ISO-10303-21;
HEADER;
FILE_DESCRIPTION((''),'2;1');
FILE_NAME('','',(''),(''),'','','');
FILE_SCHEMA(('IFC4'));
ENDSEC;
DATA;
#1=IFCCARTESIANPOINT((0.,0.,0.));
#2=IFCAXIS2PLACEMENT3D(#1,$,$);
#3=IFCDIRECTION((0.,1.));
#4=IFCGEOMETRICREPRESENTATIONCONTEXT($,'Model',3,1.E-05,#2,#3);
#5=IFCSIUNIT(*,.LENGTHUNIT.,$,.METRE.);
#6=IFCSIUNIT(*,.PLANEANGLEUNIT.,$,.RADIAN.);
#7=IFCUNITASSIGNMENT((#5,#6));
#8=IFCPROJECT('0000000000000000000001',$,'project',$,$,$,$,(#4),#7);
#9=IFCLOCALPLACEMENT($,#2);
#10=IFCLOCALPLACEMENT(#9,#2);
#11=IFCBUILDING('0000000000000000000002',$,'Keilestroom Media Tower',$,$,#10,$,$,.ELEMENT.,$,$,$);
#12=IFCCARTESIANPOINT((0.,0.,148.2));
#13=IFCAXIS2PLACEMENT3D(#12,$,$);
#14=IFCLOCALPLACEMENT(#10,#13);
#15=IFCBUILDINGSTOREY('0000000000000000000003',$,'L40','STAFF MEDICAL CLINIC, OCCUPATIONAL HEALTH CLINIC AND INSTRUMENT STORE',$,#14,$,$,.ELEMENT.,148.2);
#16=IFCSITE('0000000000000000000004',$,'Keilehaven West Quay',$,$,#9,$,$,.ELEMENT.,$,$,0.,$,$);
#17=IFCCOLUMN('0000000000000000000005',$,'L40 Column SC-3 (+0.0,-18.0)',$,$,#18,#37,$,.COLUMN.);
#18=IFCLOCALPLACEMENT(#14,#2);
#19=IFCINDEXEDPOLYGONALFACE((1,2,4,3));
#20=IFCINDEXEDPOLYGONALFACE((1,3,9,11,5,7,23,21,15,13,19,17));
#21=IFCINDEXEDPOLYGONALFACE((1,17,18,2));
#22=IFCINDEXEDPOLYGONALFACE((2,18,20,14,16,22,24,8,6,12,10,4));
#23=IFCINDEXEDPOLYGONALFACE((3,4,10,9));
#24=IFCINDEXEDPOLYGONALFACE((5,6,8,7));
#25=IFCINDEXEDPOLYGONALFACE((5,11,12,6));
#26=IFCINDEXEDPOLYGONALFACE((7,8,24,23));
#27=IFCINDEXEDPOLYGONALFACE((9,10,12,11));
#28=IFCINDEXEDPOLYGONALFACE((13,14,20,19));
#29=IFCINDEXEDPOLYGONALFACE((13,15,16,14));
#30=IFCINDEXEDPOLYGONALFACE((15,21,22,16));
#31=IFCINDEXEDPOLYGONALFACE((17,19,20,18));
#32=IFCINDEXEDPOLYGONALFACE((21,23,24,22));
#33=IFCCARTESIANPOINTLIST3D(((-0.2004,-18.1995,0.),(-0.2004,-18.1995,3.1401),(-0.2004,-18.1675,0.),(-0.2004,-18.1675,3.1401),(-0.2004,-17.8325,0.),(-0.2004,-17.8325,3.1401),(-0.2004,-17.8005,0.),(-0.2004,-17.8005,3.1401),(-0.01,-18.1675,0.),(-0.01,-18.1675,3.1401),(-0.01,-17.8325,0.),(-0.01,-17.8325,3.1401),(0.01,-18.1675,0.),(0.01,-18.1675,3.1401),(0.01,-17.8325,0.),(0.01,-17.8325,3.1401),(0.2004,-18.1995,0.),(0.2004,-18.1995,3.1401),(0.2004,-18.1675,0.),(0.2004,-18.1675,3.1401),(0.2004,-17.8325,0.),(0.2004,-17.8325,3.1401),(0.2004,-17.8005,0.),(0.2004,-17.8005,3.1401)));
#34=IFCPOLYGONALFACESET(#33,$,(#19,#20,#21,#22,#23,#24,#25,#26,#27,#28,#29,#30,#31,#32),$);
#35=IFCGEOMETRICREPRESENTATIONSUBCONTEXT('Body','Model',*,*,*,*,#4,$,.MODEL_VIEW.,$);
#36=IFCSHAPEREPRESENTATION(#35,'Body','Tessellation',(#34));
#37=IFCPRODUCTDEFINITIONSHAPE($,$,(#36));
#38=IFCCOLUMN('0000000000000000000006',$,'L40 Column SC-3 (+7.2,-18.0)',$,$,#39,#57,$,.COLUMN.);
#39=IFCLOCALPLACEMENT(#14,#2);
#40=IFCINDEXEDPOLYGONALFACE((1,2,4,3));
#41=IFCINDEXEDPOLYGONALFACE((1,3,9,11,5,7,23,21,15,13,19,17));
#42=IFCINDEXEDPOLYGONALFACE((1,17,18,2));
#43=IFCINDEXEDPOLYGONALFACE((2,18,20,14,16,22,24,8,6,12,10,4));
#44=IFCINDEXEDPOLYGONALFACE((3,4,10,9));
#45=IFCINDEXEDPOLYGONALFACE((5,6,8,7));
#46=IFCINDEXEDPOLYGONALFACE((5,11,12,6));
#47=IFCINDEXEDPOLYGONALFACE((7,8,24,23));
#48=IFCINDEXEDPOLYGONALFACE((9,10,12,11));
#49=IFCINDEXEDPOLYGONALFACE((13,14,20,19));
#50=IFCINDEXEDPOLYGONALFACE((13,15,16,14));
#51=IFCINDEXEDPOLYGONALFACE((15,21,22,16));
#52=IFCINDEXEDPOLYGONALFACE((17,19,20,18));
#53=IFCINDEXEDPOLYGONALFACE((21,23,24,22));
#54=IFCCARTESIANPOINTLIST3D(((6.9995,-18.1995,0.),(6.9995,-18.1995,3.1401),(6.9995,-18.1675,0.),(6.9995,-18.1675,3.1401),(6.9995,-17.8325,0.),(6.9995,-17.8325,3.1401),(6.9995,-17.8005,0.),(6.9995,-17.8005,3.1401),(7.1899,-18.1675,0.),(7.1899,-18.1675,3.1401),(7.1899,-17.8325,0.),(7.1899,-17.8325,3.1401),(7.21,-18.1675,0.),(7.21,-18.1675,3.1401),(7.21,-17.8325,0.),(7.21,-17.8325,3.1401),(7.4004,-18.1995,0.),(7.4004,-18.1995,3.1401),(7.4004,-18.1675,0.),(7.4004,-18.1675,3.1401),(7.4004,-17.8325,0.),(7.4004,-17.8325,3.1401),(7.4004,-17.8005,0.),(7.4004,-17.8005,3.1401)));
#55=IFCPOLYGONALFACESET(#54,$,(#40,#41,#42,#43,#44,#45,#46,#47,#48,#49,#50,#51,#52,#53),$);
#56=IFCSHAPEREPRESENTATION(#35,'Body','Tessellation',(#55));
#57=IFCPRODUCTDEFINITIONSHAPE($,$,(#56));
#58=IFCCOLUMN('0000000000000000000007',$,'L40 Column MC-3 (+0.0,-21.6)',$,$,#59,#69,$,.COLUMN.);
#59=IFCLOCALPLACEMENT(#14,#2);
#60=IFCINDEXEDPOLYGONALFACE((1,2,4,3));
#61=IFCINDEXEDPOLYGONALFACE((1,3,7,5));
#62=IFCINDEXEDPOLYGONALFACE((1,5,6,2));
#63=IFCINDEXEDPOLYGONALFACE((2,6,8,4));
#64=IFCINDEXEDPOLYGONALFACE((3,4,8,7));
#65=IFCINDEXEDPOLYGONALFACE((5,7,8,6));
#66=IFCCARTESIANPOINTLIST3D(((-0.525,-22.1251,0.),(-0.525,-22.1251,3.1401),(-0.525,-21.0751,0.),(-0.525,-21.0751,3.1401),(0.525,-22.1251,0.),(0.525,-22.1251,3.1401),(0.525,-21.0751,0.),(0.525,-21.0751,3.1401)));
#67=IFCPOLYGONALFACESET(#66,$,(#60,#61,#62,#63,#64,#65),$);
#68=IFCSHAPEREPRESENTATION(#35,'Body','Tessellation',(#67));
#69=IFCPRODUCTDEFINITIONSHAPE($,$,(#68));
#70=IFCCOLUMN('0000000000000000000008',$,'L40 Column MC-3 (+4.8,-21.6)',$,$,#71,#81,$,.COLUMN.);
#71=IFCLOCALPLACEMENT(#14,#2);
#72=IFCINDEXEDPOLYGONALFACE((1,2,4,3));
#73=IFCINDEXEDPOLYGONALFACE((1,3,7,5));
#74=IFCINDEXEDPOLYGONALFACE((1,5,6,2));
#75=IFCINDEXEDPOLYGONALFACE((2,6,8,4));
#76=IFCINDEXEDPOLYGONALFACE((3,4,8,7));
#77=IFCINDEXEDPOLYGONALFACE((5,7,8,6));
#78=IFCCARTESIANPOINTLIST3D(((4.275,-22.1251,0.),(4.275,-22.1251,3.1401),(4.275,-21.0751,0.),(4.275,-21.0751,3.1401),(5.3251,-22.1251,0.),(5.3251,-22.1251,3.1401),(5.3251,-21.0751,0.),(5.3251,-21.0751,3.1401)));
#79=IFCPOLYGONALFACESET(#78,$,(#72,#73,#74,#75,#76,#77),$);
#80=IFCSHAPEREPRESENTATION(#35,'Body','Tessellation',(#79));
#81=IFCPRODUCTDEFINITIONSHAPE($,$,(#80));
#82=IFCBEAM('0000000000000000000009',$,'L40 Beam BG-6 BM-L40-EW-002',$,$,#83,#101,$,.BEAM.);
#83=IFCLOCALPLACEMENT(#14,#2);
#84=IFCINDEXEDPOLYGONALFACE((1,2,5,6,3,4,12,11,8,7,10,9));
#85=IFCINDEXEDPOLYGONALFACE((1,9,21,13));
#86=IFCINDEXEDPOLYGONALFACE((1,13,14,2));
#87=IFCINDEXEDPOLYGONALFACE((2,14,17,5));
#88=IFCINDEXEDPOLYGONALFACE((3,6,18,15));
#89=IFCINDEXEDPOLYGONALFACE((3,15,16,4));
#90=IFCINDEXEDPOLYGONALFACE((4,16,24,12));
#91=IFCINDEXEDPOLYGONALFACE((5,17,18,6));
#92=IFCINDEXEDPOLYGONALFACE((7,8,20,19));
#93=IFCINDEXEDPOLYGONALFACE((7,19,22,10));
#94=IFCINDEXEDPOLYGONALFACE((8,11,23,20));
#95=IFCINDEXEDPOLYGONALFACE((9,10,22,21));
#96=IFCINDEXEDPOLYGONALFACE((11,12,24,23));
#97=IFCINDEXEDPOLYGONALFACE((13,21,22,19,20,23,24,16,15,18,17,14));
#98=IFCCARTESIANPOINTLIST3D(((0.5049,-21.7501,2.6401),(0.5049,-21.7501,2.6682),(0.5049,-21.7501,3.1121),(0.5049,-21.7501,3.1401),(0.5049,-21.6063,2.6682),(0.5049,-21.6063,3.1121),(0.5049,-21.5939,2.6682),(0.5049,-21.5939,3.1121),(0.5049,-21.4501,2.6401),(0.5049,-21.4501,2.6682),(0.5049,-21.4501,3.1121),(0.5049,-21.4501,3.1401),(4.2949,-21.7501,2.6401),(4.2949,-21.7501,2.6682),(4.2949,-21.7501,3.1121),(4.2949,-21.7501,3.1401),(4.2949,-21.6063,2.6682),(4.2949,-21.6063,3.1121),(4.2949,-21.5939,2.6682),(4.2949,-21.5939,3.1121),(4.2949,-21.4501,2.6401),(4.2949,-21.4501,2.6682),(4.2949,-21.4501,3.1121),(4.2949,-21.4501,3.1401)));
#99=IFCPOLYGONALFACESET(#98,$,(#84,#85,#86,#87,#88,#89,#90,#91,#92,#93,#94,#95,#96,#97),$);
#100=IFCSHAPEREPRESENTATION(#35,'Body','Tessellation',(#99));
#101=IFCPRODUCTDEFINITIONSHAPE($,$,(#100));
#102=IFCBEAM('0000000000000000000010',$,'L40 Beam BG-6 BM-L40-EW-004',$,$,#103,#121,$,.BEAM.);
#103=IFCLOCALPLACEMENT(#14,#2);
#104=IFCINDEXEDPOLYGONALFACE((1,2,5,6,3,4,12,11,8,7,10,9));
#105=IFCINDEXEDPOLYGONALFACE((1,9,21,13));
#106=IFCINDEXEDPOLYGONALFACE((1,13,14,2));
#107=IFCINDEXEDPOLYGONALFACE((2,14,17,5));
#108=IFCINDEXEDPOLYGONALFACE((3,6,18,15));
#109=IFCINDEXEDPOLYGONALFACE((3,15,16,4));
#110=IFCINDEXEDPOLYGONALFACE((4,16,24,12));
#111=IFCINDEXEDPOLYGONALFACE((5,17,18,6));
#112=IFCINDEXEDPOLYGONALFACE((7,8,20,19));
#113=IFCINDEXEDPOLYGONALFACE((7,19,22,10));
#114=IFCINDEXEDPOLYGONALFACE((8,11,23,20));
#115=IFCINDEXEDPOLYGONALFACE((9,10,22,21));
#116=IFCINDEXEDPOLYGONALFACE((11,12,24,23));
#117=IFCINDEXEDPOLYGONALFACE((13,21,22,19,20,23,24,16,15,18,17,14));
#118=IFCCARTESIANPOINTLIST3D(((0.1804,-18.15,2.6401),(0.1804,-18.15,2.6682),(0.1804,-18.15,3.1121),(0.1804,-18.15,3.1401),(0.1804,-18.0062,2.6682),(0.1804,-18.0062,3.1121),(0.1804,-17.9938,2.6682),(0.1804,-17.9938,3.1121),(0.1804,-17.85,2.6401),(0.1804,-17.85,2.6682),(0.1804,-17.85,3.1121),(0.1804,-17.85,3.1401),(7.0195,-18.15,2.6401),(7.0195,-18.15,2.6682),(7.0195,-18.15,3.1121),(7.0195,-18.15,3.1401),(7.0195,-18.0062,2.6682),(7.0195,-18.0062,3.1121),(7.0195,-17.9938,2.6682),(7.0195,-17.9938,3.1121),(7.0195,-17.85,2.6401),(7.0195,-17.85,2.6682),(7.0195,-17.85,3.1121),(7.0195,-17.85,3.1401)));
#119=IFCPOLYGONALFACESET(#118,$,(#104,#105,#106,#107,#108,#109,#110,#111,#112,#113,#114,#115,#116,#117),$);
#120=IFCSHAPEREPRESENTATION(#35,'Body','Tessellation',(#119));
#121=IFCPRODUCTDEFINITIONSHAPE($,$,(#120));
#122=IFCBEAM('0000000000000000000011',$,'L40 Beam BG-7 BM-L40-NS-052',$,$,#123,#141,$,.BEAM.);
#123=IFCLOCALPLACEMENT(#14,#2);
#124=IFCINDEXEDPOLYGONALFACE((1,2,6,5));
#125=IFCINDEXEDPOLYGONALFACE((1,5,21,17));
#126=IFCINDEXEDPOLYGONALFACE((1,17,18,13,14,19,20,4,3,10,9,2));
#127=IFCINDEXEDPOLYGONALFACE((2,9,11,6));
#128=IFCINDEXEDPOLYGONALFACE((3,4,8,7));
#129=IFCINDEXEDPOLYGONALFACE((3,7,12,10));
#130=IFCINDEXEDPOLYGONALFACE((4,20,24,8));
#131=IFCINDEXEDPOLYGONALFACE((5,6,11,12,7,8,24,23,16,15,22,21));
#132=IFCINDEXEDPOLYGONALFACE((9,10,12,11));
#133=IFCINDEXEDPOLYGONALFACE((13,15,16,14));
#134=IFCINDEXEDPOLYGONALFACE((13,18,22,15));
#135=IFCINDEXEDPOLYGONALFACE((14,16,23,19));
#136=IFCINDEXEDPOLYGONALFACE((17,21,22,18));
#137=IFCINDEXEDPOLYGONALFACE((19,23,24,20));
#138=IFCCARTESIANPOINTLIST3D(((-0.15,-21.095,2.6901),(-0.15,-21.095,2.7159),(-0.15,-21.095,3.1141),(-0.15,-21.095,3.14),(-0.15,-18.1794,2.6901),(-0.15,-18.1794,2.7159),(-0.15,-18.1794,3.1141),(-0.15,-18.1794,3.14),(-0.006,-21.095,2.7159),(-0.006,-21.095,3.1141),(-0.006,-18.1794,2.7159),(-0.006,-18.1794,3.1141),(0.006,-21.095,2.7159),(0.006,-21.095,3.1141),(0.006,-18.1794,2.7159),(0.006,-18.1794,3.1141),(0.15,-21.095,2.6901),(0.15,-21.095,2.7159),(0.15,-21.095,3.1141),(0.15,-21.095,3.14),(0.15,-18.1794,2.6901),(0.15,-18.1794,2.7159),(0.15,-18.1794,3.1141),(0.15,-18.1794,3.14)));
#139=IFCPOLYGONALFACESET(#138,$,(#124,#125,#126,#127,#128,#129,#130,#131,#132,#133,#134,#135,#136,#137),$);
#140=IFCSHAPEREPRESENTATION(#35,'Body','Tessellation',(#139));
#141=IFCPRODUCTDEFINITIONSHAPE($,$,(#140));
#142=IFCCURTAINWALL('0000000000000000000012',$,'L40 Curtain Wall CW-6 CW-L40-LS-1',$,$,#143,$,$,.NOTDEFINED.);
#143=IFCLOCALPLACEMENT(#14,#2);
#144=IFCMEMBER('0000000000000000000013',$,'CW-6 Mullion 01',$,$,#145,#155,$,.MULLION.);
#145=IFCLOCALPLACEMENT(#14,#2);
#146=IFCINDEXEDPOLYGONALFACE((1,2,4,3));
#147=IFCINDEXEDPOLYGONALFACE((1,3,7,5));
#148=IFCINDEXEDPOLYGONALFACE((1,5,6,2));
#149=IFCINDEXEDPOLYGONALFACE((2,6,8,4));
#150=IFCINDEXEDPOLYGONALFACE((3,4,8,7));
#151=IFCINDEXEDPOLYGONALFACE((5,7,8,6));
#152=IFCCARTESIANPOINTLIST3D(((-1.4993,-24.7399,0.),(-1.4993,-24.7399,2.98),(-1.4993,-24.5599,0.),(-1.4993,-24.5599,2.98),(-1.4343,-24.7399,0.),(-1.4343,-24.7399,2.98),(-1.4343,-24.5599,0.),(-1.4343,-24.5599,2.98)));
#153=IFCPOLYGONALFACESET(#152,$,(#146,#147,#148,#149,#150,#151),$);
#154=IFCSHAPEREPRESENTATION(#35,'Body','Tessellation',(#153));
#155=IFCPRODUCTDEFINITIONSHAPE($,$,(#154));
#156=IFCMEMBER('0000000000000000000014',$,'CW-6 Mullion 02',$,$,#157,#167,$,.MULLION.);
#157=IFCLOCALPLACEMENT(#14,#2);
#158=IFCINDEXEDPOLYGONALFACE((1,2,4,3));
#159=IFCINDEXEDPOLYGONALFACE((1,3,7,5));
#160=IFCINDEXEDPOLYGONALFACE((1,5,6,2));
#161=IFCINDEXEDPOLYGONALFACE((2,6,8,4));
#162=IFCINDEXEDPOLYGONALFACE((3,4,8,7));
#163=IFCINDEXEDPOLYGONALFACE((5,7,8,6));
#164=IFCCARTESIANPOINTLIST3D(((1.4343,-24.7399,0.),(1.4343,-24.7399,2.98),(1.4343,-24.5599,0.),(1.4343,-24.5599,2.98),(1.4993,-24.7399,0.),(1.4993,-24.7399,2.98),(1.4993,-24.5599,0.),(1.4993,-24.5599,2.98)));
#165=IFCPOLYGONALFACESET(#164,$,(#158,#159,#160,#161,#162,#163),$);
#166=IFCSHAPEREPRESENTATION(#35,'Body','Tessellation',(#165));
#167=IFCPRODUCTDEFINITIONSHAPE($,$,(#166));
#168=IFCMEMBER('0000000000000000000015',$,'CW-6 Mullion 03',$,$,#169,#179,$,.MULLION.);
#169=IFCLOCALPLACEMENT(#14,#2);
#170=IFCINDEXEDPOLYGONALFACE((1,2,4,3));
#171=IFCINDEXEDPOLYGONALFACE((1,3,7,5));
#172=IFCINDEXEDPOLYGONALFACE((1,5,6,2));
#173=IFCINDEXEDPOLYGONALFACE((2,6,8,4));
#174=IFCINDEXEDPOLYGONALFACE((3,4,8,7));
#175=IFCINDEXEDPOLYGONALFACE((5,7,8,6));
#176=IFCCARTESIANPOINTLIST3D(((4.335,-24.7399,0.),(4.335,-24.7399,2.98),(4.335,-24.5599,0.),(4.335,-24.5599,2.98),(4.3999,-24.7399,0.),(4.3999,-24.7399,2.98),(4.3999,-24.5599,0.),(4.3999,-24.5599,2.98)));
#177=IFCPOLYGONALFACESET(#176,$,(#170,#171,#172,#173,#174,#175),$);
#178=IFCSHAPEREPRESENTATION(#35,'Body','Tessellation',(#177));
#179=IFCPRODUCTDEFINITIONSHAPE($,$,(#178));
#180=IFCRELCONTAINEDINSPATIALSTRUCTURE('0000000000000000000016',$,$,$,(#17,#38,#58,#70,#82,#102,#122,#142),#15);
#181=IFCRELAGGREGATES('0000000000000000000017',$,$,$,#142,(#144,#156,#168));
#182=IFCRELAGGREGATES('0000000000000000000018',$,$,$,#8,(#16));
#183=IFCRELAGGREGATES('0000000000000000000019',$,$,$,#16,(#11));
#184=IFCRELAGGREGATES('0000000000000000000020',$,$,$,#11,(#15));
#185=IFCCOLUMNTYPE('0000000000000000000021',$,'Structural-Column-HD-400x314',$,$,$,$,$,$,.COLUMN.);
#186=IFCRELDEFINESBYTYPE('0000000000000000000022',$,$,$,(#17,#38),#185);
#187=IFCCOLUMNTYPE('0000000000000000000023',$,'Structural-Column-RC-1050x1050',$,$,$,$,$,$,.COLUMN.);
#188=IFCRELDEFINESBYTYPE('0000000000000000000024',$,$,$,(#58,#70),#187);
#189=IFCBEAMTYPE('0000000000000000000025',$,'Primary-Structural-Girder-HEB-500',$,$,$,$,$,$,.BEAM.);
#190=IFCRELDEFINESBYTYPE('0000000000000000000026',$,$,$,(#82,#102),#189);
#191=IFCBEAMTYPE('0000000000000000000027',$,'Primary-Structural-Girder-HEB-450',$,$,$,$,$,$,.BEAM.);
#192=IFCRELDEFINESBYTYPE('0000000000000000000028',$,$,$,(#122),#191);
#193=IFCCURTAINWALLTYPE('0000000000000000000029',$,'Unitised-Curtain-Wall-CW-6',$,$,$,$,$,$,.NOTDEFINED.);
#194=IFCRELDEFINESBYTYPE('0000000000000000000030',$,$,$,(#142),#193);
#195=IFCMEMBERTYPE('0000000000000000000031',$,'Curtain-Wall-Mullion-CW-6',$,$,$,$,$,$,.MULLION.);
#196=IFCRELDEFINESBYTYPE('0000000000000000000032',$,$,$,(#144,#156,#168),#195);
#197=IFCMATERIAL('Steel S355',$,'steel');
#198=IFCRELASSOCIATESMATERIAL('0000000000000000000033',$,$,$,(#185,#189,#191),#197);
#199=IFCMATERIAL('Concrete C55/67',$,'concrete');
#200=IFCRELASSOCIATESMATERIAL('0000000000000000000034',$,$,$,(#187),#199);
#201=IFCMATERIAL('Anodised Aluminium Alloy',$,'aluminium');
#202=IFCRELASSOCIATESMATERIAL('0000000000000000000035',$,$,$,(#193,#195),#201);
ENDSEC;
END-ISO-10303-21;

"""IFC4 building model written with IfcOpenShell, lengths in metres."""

from ifc_helpers import new_model, si_unit, direction, frame, origin, origin_2d, place, context, subcontext, project, spatial, rectangle, i_section, extrude, source, transform, mapped, material, material_profile, profile_set, type_object, element, aggregate, save


model = new_model("IFC4")

# Units and contexts
model_context = context("Model", 3, precision=1e-05, world=origin(), true_north=direction((0.0, 1.0)))
body_context = subcontext(model_context, "Body", "Model", "MODEL_VIEW")
ifc_project = project(units=[si_unit("LENGTHUNIT", "METRE"), si_unit("PLANEANGLEUNIT", "RADIAN")], contexts=[model_context])

# Site, building, storey
site_placement = place(None, origin())
site = spatial("IfcSite", under=ifc_project, at=site_placement, Name="Keilehaven West Quay", CompositionType="ELEMENT", RefElevation=0.0)
building_placement = place(site_placement, origin())
building = spatial("IfcBuilding", under=site, at=building_placement, Name="Keilestroom Media Tower", CompositionType="ELEMENT")
storey_placement = place(building_placement, frame((0.0, 0.0, 148.2)))
storey = spatial("IfcBuildingStorey", under=building, at=storey_placement, Name="L40", Description="STAFF MEDICAL CLINIC, OCCUPATIONAL HEALTH CLINIC AND INSTRUMENT STORE", CompositionType="ELEMENT", Elevation=148.2)

# Columns
ifc_material_1 = material(Name="Steel S355", Category="steel")
ifc_material_profile_1 = material_profile(ifc_material_1, i_section(OverallWidth=0.4009, OverallDepth=0.3989, WebThickness=0.02, FlangeThickness=0.032, at=origin_2d()), Name="HD 400x314")
ifc_profile_set_1 = profile_set([ifc_material_profile_1], Name="Steel S355")
column_type_1 = type_object("IfcColumnType", Name="Structural-Column-HD-400x314", PredefinedType="COLUMN", material=ifc_profile_set_1)
shared_shape_1 = source(origin(), body_context, "Body", "SweptSolid", [
    extrude(i_section(OverallWidth=0.4009, OverallDepth=0.3989, WebThickness=0.02, FlangeThickness=0.032, at=origin_2d()), origin(), (0.0, 0.0, 1.0), 3.1401),
])
for number, where, z_axis, x_axis, name in (
    (1, (0.0, -18.0, 0.0), (0.0, 0.0, 1.0), (1.0, 0.0, 0.0), "L40 Column SC-3 (+0.0,-18.0)"),
    (2, (7.2, -18.0, 0.0), (0.0, 0.0, 1.0), (1.0, 0.0, 0.0), "L40 Column SC-3 (+7.2,-18.0)"),
):
    element("IfcColumn", number, at=place(storey_placement, frame(where, z_axis=z_axis, x_axis=x_axis)), inside=storey, type_object=column_type_1, Name=name, PredefinedType="COLUMN", context=body_context, shape_type="MappedRepresentation", body=[
        mapped(shared_shape_1, transform((0.0, 0.0, 0.0), x_axis=(1.0, 0.0, 0.0), y_axis=(0.0, 1.0, 0.0), z_axis=(0.0, 0.0, 1.0), scale=1.0)),
    ])
ifc_material_2 = material(Name="Concrete C55/67", Category="concrete")
ifc_material_profile_2 = material_profile(ifc_material_2, rectangle(XDim=1.05, YDim=1.05, at=origin_2d()), Name="RC 1050x1050")
ifc_profile_set_2 = profile_set([ifc_material_profile_2], Name="Concrete C55/67")
column_type_2 = type_object("IfcColumnType", Name="Structural-Column-RC-1050x1050", PredefinedType="COLUMN", material=ifc_profile_set_2)
shared_shape_2 = source(origin(), body_context, "Body", "SweptSolid", [
    extrude(rectangle(XDim=1.05, YDim=1.05, at=origin_2d()), origin(), (0.0, 0.0, 1.0), 3.1401),
])
for number, where, z_axis, x_axis, name in (
    (3, (0.0, -21.6001, 0.0), (0.0, 0.0, 1.0), (1.0, 0.0, 0.0), "L40 Column MC-3 (+0.0,-21.6)"),
    (4, (4.8, -21.6001, 0.0), (0.0, 0.0, 1.0), (1.0, 0.0, 0.0), "L40 Column MC-3 (+4.8,-21.6)"),
):
    element("IfcColumn", number, at=place(storey_placement, frame(where, z_axis=z_axis, x_axis=x_axis)), inside=storey, type_object=column_type_2, Name=name, PredefinedType="COLUMN", context=body_context, shape_type="MappedRepresentation", body=[
        mapped(shared_shape_2, transform((0.0, 0.0, 0.0), x_axis=(1.0, 0.0, 0.0), y_axis=(0.0, 1.0, 0.0), z_axis=(0.0, 0.0, 1.0), scale=1.0)),
    ])

# Beams
ifc_material_profile_3 = material_profile(ifc_material_1, i_section(OverallWidth=0.3, OverallDepth=0.5, WebThickness=0.0125, FlangeThickness=0.0281, at=origin_2d()), Name="HEB 500")
ifc_profile_set_3 = profile_set([ifc_material_profile_3], Name="Steel S355")
beam_type_1 = type_object("IfcBeamType", Name="Primary-Structural-Girder-HEB-500", PredefinedType="BEAM", material=ifc_profile_set_3)
shared_shape_3 = source(origin(), body_context, "Body", "SweptSolid", [
    extrude(i_section(OverallWidth=0.3, OverallDepth=0.5, WebThickness=0.0125, FlangeThickness=0.0281, at=origin_2d()), origin(), (0.0, 0.0, 1.0), 3.79),
])
beam_1_placement = place(storey_placement, frame((0.5049, -21.6001, 2.8901), z_axis=(1.0, 0.0, 0.0), x_axis=(0.0, 1.0, 0.0)))
element("IfcBeam", 5, at=beam_1_placement, inside=storey, type_object=beam_type_1, Name="L40 Beam BG-6 BM-L40-EW-002", PredefinedType="BEAM", context=body_context, shape_type="MappedRepresentation", body=[
    mapped(shared_shape_3, transform((0.0, 0.0, 0.0), x_axis=(1.0, 0.0, 0.0), y_axis=(0.0, 1.0, 0.0), z_axis=(0.0, 0.0, 1.0), scale=1.0)),
])
shared_shape_4 = source(origin(), body_context, "Body", "SweptSolid", [
    extrude(i_section(OverallWidth=0.3, OverallDepth=0.5, WebThickness=0.0125, FlangeThickness=0.0281, at=origin_2d()), origin(), (0.0, 0.0, 1.0), 6.8391),
])
beam_2_placement = place(storey_placement, frame((0.1804, -18.0, 2.8901), z_axis=(1.0, 0.0, 0.0), x_axis=(0.0, 1.0, 0.0)))
element("IfcBeam", 6, at=beam_2_placement, inside=storey, type_object=beam_type_1, Name="L40 Beam BG-6 BM-L40-EW-004", PredefinedType="BEAM", context=body_context, shape_type="MappedRepresentation", body=[
    mapped(shared_shape_4, transform((0.0, 0.0, 0.0), x_axis=(1.0, 0.0, 0.0), y_axis=(0.0, 1.0, 0.0), z_axis=(0.0, 0.0, 1.0), scale=1.0)),
])
ifc_material_profile_4 = material_profile(ifc_material_1, i_section(OverallWidth=0.3, OverallDepth=0.45, WebThickness=0.012, FlangeThickness=0.0259, at=origin_2d()), Name="HEB 450")
ifc_profile_set_4 = profile_set([ifc_material_profile_4], Name="Steel S355")
beam_type_2 = type_object("IfcBeamType", Name="Primary-Structural-Girder-HEB-450", PredefinedType="BEAM", material=ifc_profile_set_4)
shared_shape_5 = source(origin(), body_context, "Body", "SweptSolid", [
    extrude(i_section(OverallWidth=0.3, OverallDepth=0.45, WebThickness=0.012, FlangeThickness=0.0259, at=origin_2d()), origin(), (0.0, 0.0, 1.0), 2.9155),
])
beam_3_placement = place(storey_placement, frame((0.0, -21.095, 2.915), z_axis=(0.0, 1.0, 0.0), x_axis=(-1.0, 0.0, 0.0)))
element("IfcBeam", 7, at=beam_3_placement, inside=storey, type_object=beam_type_2, Name="L40 Beam BG-7 BM-L40-NS-052", PredefinedType="BEAM", context=body_context, shape_type="MappedRepresentation", body=[
    mapped(shared_shape_5, transform((0.0, 0.0, 0.0), x_axis=(1.0, 0.0, 0.0), y_axis=(0.0, 1.0, 0.0), z_axis=(0.0, 0.0, 1.0), scale=1.0)),
])

# Curtain wall, members
ifc_material_3 = material(Name="Anodised Aluminium Alloy", Category="aluminium")
curtain_wall_type = type_object("IfcCurtainWallType", Name="Unitised-Curtain-Wall-CW-6", PredefinedType="NOTDEFINED", material=ifc_material_3)
curtain_wall_placement = place(storey_placement, origin())
curtain_wall = element("IfcCurtainWall", 8, at=curtain_wall_placement, inside=storey, type_object=curtain_wall_type, Name="L40 Curtain Wall CW-6 CW-L40-LS-1", PredefinedType="NOTDEFINED")
ifc_material_profile_5 = material_profile(ifc_material_3, rectangle(XDim=0.0649, YDim=0.1799, at=origin_2d()), Name="ALU MULLION 65x180")
ifc_profile_set_5 = profile_set([ifc_material_profile_5], Name="Anodised Aluminium Alloy")
member_type_1 = type_object("IfcMemberType", Name="Curtain-Wall-Mullion-CW-6", PredefinedType="MULLION", material=ifc_profile_set_5)
shared_shape_6 = source(origin(), body_context, "Body", "SweptSolid", [
    extrude(rectangle(XDim=0.0649, YDim=0.1799, at=origin_2d()), origin(), (0.0, 0.0, 1.0), 2.98),
])
member_1_placement = place(storey_placement, frame((-1.4668, -24.6499, 0.0), z_axis=(0.0, 0.0, 1.0), x_axis=(1.0, 0.0, 0.0)))
member_1 = element("IfcMember", 9, at=member_1_placement, type_object=member_type_1, Name="CW-6 Mullion 01", PredefinedType="MULLION", context=body_context, shape_type="MappedRepresentation", body=[
    mapped(shared_shape_6, transform((0.0, 0.0, 0.0), x_axis=(1.0, 0.0, 0.0), y_axis=(0.0, 1.0, 0.0), z_axis=(0.0, 0.0, 1.0), scale=1.0)),
])
member_2_placement = place(storey_placement, frame((1.4668, -24.6499, 0.0), z_axis=(0.0, 0.0, 1.0), x_axis=(1.0, 0.0, 0.0)))
member_2 = element("IfcMember", 10, at=member_2_placement, type_object=member_type_1, Name="CW-6 Mullion 02", PredefinedType="MULLION", context=body_context, shape_type="MappedRepresentation", body=[
    mapped(shared_shape_6, transform((0.0, 0.0, 0.0), x_axis=(1.0, 0.0, 0.0), y_axis=(0.0, 1.0, 0.0), z_axis=(0.0, 0.0, 1.0), scale=1.0)),
])
member_3_placement = place(storey_placement, frame((4.3674, -24.6499, 0.0), z_axis=(0.0, 0.0, 1.0), x_axis=(1.0, 0.0, 0.0)))
member_3 = element("IfcMember", 11, at=member_3_placement, type_object=member_type_1, Name="CW-6 Mullion 03", PredefinedType="MULLION", context=body_context, shape_type="MappedRepresentation", body=[
    mapped(shared_shape_6, transform((0.0, 0.0, 0.0), x_axis=(1.0, 0.0, 0.0), y_axis=(0.0, 1.0, 0.0), z_axis=(0.0, 0.0, 1.0), scale=1.0)),
])
aggregate(curtain_wall, [member_1, member_2, member_3])

save(model, "model.ifc")
